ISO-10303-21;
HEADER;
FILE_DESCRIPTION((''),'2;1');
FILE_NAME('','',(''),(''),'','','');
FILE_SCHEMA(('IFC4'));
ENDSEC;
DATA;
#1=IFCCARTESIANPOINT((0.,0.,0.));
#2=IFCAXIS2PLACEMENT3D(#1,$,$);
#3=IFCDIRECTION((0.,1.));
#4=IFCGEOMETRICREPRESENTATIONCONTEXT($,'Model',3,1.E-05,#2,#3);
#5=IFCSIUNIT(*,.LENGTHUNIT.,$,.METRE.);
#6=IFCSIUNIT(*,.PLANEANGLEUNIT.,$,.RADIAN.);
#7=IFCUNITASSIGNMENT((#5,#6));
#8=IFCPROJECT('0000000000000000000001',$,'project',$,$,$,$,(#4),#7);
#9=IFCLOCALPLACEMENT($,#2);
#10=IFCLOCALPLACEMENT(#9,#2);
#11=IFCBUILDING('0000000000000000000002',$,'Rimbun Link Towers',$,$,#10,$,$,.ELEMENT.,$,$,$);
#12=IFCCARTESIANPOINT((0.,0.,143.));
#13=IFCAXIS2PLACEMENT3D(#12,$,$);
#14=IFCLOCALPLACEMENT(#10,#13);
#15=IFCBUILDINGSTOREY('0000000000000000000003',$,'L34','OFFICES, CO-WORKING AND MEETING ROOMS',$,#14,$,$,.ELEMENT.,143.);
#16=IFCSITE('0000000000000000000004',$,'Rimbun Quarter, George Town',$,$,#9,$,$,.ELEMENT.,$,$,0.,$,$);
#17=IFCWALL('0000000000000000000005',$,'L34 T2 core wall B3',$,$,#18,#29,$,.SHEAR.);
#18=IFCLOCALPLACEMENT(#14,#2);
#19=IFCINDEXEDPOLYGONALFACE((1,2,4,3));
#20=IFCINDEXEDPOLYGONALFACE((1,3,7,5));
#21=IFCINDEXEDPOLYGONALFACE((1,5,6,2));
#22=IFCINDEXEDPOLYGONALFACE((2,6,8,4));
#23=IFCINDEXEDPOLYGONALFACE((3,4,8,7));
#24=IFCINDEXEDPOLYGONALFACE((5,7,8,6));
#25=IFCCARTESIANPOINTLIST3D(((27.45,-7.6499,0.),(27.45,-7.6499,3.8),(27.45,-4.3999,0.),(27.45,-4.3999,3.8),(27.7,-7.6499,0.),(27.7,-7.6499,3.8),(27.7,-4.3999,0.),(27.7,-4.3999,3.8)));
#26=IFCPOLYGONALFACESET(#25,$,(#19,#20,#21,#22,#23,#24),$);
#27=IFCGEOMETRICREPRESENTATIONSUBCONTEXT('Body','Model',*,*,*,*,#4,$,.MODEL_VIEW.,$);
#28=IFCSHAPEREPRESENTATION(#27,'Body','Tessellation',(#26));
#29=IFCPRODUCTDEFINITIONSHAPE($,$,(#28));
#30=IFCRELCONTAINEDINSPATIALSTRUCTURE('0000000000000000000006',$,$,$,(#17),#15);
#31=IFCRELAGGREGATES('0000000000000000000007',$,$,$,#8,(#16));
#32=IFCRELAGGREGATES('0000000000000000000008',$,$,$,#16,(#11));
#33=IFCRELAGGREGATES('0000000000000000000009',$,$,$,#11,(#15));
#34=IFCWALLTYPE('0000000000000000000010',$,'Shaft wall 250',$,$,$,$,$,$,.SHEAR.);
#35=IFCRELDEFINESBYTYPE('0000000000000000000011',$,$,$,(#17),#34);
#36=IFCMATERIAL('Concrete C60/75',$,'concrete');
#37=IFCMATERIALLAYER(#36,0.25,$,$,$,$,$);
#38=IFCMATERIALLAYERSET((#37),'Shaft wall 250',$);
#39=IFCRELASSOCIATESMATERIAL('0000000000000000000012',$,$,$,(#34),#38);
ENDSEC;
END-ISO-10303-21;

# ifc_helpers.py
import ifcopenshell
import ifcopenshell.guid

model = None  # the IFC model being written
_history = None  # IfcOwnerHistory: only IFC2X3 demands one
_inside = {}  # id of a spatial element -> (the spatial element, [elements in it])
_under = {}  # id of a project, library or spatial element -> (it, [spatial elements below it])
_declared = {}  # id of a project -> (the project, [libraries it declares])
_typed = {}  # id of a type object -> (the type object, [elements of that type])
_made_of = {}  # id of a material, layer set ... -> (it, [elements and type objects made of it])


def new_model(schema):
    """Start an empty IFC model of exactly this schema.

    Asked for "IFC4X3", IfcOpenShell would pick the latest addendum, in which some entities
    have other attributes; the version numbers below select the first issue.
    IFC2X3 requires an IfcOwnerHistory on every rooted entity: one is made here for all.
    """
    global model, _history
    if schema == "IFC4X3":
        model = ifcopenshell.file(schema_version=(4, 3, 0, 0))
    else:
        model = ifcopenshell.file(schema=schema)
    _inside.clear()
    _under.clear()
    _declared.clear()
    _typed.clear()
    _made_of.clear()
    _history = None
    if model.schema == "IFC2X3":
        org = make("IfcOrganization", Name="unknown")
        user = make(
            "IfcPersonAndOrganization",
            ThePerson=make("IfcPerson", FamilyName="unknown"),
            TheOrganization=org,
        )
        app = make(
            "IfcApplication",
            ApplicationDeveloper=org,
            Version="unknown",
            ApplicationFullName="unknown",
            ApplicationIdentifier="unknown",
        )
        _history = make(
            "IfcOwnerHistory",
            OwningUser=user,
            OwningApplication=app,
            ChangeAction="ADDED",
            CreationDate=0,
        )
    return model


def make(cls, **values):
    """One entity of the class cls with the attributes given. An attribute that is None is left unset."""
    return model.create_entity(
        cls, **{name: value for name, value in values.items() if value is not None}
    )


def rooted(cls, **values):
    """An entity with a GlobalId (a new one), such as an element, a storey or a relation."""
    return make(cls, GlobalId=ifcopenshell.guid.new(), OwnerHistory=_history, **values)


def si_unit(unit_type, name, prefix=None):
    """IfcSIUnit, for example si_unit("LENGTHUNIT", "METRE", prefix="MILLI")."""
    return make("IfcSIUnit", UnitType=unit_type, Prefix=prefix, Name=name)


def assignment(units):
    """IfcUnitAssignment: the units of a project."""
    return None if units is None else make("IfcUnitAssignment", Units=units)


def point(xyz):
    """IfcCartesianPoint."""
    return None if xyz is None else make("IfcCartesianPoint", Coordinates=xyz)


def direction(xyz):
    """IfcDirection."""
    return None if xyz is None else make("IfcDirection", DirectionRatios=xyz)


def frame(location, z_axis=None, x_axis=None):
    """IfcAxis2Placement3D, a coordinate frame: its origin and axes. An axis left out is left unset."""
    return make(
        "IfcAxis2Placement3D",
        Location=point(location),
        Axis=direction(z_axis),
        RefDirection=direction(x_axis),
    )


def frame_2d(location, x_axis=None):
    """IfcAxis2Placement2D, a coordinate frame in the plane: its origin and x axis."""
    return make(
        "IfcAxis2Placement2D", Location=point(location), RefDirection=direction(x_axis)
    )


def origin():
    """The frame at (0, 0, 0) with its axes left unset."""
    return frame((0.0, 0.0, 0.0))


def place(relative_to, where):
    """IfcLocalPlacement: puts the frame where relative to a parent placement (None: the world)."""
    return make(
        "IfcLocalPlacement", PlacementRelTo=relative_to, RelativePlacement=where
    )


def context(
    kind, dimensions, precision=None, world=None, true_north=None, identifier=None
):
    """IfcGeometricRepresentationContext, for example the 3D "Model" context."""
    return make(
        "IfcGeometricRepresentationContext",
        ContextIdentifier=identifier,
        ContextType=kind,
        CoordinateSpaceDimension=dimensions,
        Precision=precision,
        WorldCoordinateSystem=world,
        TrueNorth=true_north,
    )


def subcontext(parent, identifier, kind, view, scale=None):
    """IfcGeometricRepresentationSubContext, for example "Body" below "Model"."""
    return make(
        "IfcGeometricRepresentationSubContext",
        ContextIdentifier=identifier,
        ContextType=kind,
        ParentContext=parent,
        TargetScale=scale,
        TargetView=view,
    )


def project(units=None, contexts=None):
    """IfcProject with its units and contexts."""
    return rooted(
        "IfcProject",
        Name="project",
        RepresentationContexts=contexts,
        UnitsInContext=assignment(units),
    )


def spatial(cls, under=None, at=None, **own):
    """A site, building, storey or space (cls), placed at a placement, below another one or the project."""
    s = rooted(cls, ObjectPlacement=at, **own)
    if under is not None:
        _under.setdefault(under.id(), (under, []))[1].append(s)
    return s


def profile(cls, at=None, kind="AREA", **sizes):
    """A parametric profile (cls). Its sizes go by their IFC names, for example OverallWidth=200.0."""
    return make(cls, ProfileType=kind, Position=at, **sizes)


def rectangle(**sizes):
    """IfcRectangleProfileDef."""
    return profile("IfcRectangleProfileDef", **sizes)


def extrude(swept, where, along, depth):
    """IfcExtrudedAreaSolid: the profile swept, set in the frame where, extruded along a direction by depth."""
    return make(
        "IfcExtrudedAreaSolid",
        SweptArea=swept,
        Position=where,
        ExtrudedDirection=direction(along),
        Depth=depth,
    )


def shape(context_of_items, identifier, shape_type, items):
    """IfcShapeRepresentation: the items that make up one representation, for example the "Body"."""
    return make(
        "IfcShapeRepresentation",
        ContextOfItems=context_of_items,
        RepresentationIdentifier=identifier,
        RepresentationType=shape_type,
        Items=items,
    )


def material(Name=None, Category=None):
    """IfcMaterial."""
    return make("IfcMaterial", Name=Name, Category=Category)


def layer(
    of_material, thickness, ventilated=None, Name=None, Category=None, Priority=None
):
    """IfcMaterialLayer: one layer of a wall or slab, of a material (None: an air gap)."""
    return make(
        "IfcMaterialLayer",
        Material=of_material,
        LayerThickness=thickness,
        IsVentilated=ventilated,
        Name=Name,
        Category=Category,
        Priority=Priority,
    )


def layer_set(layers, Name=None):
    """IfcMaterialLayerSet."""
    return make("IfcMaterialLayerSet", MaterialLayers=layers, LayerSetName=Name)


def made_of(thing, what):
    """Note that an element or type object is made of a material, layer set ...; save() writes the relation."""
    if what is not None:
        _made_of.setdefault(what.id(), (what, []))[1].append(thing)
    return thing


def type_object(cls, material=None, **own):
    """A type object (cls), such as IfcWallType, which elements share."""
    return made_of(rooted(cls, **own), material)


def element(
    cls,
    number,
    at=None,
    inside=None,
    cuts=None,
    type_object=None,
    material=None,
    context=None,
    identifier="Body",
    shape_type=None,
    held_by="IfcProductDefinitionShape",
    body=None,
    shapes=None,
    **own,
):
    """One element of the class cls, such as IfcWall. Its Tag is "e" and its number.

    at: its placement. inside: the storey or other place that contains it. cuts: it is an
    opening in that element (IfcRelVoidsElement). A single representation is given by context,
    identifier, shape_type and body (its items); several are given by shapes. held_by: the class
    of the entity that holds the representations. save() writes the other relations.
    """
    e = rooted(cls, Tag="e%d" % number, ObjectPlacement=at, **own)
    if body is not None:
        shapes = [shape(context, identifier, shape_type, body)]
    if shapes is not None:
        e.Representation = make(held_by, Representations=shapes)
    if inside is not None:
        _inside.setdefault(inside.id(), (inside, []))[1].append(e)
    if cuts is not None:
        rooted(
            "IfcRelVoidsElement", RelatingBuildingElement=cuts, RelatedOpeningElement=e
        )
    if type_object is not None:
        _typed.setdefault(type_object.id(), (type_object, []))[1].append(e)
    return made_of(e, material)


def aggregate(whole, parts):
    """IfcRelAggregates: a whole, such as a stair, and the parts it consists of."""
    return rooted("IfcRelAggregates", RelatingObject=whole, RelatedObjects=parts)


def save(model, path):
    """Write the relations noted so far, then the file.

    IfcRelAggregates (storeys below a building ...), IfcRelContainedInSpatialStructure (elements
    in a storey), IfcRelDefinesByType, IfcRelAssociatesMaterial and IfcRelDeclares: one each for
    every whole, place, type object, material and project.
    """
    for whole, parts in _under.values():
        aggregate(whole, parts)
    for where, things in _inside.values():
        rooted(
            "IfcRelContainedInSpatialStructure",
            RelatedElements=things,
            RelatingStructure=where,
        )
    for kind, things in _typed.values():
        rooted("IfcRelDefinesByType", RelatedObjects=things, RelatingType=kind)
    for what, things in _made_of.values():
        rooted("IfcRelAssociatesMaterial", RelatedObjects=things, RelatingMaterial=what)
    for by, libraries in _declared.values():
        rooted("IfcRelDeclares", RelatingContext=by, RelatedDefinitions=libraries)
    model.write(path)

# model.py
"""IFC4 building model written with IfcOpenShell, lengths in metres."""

from ifc_helpers import new_model, si_unit, direction, frame, frame_2d, origin, place, context, subcontext, project, spatial, rectangle, extrude, material, layer, layer_set, type_object, element, save


model = new_model("IFC4")

# Units and contexts
model_context = context("Model", 3, precision=1e-05, world=origin(), true_north=direction((0.0, 1.0)))
body_context = subcontext(model_context, "Body", "Model", "MODEL_VIEW")
ifc_project = project(units=[si_unit("LENGTHUNIT", "METRE"), si_unit("PLANEANGLEUNIT", "RADIAN")], contexts=[model_context])

# Site, building, storey
site_placement = place(None, origin())
site = spatial("IfcSite", under=ifc_project, at=site_placement, Name="Rimbun Quarter, George Town", CompositionType="ELEMENT", RefElevation=0.0)
building_placement = place(site_placement, origin())
building = spatial("IfcBuilding", under=site, at=building_placement, Name="Rimbun Link Towers", CompositionType="ELEMENT")
storey_placement = place(building_placement, frame((0.0, 0.0, 143.0)))
storey = spatial("IfcBuildingStorey", under=building, at=storey_placement, Name="L34", Description="OFFICES, CO-WORKING AND MEETING ROOMS", CompositionType="ELEMENT", Elevation=143.0)

# Shared definitions
ifc_material_1 = material(Name="Concrete C60/75", Category="concrete")
ifc_layer_1 = layer(ifc_material_1, 0.25)
ifc_layer_set_1 = layer_set([ifc_layer_1], Name="Shaft wall 250")
wall_type_1 = type_object("IfcWallType", Name="Shaft wall 250", PredefinedType="SHEAR", material=ifc_layer_set_1)

# Wall
wall_1_placement = place(storey_placement, frame((27.575, -4.3999, 0.0), z_axis=(0.0, 0.0, 1.0), x_axis=(0.0, -1.0, 0.0)))
element("IfcWall", 1, at=wall_1_placement, inside=storey, type_object=wall_type_1, Name="L34 T2 core wall B3", PredefinedType="SHEAR", context=body_context, shape_type="SweptSolid", body=[
    extrude(rectangle(XDim=3.25, YDim=0.25, at=frame_2d((1.625, 0.0))), origin(), (0.0, 0.0, 1.0), 3.8),
])

save(model, "model.ifc")
